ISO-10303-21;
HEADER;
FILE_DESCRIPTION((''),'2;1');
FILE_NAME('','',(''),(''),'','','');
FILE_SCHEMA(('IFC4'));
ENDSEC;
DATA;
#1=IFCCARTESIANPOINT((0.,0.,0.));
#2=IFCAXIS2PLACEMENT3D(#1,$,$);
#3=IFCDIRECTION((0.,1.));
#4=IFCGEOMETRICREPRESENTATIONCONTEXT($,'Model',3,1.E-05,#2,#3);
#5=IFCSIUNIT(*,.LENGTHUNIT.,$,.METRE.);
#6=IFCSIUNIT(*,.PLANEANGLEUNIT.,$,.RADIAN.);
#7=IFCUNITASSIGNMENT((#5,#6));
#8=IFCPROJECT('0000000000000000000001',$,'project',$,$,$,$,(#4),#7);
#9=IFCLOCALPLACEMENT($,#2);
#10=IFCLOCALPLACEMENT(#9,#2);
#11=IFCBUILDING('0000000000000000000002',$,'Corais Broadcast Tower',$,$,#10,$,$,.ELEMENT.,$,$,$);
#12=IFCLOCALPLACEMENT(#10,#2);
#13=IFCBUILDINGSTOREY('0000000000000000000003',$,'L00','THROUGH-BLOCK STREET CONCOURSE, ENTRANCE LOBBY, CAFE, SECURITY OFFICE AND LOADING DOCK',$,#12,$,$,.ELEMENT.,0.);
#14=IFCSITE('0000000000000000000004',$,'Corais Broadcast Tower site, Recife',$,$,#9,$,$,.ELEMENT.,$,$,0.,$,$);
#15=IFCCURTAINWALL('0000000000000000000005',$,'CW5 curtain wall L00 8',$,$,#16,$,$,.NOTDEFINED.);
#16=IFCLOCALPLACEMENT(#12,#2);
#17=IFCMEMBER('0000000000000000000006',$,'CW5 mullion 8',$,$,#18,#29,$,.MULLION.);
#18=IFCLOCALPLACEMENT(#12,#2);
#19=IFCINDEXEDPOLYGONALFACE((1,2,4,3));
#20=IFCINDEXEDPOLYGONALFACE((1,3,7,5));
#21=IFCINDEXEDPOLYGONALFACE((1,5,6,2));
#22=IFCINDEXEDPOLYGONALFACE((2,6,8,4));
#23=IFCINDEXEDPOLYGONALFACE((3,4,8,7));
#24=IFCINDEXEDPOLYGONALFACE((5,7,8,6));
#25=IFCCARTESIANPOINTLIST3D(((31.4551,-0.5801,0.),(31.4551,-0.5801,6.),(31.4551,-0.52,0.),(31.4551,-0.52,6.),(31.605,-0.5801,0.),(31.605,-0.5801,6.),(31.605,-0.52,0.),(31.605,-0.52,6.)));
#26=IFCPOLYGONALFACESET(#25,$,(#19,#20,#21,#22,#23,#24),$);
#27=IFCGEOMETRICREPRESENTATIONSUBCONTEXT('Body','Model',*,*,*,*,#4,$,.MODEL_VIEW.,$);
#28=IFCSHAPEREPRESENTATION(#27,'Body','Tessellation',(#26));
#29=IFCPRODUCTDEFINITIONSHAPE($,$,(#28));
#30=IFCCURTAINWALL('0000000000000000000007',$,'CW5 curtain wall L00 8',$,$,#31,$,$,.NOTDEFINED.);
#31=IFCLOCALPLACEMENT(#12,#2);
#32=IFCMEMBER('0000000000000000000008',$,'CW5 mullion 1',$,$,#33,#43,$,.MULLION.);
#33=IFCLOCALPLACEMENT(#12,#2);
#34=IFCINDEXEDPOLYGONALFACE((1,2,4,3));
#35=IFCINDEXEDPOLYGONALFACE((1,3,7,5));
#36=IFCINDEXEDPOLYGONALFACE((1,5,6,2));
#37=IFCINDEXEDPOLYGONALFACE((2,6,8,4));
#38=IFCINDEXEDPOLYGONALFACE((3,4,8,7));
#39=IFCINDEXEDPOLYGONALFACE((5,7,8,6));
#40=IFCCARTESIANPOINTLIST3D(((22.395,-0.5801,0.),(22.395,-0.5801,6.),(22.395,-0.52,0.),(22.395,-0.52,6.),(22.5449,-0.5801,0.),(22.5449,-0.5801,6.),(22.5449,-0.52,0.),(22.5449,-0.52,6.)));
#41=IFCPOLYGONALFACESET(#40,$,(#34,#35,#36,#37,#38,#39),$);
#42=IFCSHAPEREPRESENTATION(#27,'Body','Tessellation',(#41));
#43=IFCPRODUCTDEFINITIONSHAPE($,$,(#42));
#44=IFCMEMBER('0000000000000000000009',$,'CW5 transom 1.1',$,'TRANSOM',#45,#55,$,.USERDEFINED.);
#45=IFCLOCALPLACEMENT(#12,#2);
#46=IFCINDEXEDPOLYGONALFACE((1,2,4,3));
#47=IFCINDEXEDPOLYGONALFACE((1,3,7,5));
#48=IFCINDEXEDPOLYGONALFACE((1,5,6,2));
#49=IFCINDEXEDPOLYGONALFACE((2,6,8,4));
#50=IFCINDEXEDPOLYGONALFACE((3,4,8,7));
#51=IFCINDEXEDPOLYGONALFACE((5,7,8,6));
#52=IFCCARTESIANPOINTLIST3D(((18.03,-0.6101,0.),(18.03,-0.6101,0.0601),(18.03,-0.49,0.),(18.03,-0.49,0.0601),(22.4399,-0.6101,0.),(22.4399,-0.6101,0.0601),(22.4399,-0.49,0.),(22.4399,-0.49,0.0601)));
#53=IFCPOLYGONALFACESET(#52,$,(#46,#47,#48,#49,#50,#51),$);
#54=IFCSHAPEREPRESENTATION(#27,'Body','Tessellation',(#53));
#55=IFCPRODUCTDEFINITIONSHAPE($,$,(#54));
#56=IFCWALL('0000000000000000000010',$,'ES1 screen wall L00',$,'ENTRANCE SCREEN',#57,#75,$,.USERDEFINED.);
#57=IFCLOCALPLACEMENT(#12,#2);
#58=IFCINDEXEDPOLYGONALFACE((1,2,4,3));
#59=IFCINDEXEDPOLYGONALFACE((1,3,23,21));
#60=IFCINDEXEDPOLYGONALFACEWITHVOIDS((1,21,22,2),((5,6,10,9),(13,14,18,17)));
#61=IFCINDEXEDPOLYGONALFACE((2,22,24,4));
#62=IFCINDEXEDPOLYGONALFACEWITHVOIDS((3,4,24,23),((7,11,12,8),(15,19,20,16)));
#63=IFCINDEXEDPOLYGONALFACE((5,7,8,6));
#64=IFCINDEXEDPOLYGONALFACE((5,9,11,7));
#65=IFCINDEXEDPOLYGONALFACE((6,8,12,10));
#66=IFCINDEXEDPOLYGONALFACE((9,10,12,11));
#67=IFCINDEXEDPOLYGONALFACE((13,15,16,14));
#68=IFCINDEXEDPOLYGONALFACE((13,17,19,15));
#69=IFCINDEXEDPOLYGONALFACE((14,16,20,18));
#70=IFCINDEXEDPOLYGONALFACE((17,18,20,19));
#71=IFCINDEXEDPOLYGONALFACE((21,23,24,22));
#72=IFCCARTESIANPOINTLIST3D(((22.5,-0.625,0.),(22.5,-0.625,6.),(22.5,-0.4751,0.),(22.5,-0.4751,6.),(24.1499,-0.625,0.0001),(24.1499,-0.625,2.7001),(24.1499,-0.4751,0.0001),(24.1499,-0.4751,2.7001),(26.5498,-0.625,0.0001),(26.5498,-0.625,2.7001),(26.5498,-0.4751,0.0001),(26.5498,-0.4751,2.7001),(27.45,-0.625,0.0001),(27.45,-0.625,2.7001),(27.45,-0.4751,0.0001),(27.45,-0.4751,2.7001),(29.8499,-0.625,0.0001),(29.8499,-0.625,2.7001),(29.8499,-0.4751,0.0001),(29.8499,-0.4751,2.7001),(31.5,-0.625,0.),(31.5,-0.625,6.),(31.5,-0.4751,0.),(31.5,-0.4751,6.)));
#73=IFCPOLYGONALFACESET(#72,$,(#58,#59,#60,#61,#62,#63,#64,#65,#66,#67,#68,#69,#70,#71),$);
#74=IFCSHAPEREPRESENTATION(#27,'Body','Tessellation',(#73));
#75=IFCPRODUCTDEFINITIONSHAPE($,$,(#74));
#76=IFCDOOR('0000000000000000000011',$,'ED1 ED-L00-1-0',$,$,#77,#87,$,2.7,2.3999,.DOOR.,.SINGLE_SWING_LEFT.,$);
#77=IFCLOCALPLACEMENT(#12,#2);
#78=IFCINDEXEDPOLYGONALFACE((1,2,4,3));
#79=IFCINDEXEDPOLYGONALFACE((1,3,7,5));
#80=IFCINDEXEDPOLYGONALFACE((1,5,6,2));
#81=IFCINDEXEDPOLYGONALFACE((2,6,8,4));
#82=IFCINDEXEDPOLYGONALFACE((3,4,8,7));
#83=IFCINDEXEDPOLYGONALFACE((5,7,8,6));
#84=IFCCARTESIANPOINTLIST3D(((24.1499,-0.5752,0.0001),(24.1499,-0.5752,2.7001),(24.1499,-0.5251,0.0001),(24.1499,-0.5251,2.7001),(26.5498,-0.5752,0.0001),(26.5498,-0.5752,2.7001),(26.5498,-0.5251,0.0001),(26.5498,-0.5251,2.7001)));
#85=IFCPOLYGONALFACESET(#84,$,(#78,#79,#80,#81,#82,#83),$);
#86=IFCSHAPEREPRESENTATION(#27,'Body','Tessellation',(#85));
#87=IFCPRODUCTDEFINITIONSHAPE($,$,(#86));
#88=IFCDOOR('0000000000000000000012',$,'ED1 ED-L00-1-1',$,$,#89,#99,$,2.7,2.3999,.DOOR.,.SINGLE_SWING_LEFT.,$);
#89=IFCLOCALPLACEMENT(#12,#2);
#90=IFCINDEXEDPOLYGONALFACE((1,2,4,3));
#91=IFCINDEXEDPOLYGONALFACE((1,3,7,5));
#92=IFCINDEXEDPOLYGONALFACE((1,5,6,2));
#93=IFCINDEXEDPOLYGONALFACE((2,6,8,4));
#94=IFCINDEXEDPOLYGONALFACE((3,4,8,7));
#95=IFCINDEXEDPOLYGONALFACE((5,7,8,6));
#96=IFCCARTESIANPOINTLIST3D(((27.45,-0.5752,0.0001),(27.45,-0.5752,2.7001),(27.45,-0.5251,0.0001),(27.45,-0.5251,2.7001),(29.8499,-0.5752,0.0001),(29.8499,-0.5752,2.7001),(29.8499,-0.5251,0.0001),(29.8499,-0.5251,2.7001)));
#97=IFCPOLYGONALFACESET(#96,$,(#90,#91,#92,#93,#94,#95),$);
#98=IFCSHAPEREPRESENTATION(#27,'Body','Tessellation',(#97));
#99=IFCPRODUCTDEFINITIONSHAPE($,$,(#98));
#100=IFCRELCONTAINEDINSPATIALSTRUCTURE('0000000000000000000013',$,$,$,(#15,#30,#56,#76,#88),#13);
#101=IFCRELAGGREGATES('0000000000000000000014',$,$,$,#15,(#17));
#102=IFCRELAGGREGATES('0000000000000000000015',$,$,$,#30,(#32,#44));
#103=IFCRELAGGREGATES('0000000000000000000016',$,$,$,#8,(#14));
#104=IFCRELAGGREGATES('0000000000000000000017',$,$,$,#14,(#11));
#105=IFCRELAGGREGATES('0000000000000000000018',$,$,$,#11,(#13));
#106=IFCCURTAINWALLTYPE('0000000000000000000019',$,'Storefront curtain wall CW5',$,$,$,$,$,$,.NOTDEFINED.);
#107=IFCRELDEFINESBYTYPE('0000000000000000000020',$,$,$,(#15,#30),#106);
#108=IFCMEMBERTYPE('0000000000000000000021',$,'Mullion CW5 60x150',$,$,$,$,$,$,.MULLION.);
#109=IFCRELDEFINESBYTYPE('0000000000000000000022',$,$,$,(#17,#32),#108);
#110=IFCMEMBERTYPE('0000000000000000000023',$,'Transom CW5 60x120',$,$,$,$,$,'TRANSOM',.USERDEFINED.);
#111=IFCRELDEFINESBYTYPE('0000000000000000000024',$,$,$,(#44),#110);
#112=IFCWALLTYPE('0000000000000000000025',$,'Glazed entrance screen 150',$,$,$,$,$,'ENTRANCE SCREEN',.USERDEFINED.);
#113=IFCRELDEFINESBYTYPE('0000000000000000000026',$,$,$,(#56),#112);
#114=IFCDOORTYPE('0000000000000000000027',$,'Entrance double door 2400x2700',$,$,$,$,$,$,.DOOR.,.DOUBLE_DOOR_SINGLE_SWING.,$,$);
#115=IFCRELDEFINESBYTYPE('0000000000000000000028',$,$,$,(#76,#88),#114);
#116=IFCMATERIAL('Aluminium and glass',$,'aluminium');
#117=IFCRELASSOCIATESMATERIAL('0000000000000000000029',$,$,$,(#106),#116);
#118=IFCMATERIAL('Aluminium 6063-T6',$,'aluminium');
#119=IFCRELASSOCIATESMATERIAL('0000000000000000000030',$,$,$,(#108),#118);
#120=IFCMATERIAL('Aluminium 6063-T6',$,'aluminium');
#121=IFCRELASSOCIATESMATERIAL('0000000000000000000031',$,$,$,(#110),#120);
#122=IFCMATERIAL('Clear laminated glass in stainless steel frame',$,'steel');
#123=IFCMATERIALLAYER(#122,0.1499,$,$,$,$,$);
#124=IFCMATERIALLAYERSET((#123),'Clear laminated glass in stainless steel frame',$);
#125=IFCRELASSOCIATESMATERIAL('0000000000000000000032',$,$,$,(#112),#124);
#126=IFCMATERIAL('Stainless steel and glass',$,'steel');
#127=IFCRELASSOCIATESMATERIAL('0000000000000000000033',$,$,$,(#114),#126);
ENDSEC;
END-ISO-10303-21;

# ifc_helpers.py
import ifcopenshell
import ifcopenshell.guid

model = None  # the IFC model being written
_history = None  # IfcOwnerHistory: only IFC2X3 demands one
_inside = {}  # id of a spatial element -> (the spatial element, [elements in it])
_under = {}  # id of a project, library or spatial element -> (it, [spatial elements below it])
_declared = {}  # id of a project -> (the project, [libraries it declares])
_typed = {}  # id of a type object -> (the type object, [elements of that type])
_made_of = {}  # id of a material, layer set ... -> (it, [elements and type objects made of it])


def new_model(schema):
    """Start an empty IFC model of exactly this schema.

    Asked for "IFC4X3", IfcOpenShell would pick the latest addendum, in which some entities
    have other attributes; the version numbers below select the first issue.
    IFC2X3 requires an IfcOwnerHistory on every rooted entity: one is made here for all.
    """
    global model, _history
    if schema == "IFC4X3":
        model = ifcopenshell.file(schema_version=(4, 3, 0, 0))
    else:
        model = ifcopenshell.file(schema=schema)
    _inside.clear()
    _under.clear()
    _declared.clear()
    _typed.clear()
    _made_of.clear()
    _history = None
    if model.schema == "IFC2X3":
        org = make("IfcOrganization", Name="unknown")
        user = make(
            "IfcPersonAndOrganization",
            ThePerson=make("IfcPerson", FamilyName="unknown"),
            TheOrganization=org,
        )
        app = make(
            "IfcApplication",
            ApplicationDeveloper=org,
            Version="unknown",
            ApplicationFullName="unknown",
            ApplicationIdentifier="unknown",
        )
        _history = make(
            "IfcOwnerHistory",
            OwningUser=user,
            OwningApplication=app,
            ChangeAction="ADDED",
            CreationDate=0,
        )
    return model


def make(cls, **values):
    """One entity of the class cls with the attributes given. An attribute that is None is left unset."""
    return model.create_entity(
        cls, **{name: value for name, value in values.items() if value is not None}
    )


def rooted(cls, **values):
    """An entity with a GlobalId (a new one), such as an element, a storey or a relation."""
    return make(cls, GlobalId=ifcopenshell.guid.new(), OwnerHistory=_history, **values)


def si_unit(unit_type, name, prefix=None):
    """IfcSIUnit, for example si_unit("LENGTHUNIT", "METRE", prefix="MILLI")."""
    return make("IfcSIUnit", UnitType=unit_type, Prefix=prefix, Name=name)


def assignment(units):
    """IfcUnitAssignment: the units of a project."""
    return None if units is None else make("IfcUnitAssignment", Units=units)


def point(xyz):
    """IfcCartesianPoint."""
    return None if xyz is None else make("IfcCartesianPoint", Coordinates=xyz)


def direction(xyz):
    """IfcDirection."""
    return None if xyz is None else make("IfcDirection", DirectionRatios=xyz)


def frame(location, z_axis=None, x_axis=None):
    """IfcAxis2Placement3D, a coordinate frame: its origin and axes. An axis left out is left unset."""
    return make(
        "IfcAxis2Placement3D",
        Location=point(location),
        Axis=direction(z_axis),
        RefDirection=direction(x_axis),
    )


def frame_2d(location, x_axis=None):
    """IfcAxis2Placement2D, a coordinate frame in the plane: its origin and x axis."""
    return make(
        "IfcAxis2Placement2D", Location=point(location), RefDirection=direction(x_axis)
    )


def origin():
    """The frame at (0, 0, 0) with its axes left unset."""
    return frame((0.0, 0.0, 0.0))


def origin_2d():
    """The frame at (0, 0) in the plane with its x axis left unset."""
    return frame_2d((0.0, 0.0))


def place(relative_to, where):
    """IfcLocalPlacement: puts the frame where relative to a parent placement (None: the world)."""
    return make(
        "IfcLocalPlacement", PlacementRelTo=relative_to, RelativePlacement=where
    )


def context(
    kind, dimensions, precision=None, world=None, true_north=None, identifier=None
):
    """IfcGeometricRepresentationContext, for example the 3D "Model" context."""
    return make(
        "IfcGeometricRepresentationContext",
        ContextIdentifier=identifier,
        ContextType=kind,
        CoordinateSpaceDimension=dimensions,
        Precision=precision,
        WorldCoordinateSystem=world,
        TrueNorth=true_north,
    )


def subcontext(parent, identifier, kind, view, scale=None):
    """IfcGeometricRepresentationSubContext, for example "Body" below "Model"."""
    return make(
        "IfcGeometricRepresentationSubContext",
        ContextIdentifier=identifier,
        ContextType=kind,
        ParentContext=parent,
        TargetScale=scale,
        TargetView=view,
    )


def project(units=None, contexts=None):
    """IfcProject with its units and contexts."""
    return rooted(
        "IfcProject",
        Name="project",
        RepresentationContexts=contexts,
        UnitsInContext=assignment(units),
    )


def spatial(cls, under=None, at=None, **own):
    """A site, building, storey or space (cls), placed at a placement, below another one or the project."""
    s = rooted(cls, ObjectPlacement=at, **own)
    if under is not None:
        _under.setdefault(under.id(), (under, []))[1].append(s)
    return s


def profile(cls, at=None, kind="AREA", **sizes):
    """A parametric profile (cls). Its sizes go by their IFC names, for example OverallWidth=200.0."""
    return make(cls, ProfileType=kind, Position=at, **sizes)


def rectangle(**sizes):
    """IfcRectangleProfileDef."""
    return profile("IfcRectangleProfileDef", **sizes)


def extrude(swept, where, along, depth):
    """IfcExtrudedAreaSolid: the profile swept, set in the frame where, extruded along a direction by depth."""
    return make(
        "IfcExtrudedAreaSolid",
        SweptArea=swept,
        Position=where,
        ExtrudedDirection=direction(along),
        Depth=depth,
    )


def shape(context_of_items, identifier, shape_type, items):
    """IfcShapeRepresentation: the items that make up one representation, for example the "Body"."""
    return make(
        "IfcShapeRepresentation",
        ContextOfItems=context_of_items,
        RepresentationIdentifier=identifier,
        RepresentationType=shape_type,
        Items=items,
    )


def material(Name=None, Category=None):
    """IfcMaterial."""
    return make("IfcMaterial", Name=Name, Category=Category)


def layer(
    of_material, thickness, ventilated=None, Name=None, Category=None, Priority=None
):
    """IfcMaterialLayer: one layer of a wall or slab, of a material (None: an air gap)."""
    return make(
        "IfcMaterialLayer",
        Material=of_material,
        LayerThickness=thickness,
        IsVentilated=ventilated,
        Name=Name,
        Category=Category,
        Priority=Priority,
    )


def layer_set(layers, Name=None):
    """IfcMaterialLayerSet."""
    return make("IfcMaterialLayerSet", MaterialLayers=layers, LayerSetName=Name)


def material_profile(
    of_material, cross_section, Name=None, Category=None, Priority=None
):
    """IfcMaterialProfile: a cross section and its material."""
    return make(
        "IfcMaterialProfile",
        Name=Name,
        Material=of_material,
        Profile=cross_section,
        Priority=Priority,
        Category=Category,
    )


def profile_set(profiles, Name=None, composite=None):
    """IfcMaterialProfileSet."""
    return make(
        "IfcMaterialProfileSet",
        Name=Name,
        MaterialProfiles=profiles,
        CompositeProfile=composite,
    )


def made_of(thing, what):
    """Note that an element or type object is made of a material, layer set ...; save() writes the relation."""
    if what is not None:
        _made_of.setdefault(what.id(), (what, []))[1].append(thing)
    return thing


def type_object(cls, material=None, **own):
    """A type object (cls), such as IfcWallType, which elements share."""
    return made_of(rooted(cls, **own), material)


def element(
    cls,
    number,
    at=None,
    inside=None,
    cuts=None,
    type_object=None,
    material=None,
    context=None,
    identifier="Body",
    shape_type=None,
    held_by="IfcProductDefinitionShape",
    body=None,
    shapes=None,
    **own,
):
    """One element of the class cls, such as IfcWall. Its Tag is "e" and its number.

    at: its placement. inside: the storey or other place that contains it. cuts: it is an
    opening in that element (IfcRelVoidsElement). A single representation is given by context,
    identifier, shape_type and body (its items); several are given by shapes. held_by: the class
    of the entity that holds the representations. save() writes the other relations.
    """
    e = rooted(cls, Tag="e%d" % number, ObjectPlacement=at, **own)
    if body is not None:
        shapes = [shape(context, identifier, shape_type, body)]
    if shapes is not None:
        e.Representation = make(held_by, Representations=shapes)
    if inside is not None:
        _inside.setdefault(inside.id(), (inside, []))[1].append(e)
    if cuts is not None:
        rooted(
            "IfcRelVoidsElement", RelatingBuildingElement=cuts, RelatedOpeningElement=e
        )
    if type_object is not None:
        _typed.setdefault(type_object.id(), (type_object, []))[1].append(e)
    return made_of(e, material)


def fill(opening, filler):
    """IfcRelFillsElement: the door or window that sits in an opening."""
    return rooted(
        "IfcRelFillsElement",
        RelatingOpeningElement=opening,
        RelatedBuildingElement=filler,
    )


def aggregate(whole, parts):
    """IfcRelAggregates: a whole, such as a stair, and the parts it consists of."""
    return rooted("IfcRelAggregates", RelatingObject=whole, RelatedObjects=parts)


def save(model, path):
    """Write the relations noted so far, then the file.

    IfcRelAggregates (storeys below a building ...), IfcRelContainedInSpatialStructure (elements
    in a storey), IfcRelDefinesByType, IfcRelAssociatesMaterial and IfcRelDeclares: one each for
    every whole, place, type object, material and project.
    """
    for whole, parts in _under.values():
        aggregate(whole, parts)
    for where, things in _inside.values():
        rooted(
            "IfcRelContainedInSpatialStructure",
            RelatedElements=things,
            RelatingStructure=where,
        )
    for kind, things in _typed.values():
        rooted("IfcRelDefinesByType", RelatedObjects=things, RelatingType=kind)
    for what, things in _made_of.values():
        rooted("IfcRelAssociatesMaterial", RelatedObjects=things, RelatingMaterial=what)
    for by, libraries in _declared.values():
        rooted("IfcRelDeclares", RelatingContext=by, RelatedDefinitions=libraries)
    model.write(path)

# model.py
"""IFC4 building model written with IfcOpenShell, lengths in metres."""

from ifc_helpers import new_model, si_unit, direction, frame, frame_2d, origin, origin_2d, place, context, subcontext, project, spatial, rectangle, extrude, material, layer, layer_set, material_profile, profile_set, type_object, element, fill, aggregate, save


model = new_model("IFC4")

# Units and contexts
model_context = context("Model", 3, precision=1e-05, world=origin(), true_north=direction((0.0, 1.0)))
body_context = subcontext(model_context, "Body", "Model", "MODEL_VIEW")
ifc_project = project(units=[si_unit("LENGTHUNIT", "METRE"), si_unit("PLANEANGLEUNIT", "RADIAN")], contexts=[model_context])

# Site, building, storey
site_placement = place(None, origin())
site = spatial("IfcSite", under=ifc_project, at=site_placement, Name="Corais Broadcast Tower site, Recife", CompositionType="ELEMENT", RefElevation=0.0)
building_placement = place(site_placement, origin())
building = spatial("IfcBuilding", under=site, at=building_placement, Name="Corais Broadcast Tower", CompositionType="ELEMENT")
storey_placement = place(building_placement, origin())
storey = spatial("IfcBuildingStorey", under=building, at=storey_placement, Name="L00", Description="THROUGH-BLOCK STREET CONCOURSE, ENTRANCE LOBBY, CAFE, SECURITY OFFICE AND LOADING DOCK", CompositionType="ELEMENT", Elevation=0.0)

# Curtain wall, member
ifc_material_1 = material(Name="Aluminium and glass", Category="aluminium")
curtain_wall_type = type_object("IfcCurtainWallType", Name="Storefront curtain wall CW5", PredefinedType="NOTDEFINED", material=ifc_material_1)
curtain_wall_1_placement = place(storey_placement, origin())
curtain_wall_1 = element("IfcCurtainWall", 1, at=curtain_wall_1_placement, inside=storey, type_object=curtain_wall_type, Name="CW5 curtain wall L00 8", PredefinedType="NOTDEFINED")
ifc_material_2 = material(Name="Aluminium 6063-T6", Category="aluminium")
ifc_material_profile_1 = material_profile(ifc_material_2, rectangle(XDim=0.0601, YDim=0.1499, at=origin_2d()), Name="Mullion CW5 60x150")
ifc_profile_set_1 = profile_set([ifc_material_profile_1], Name="Aluminium 6063-T6")
member_type_1 = type_object("IfcMemberType", Name="Mullion CW5 60x150", PredefinedType="MULLION", material=ifc_profile_set_1)
member_1_placement = place(storey_placement, frame((31.53, -0.55, 0.0), z_axis=(0.0, 0.0, 1.0), x_axis=(0.0, -1.0, 0.0)))
member_1 = element("IfcMember", 2, at=member_1_placement, type_object=member_type_1, Name="CW5 mullion 8", PredefinedType="MULLION", context=body_context, shape_type="SweptSolid", body=[
    extrude(rectangle(XDim=0.0601, YDim=0.1499, at=origin_2d()), origin(), (0.0, 0.0, 1.0), 6.0),
])
aggregate(curtain_wall_1, [member_1])

# Curtain wall, members
curtain_wall_2_placement = place(storey_placement, origin())
curtain_wall_2 = element("IfcCurtainWall", 3, at=curtain_wall_2_placement, inside=storey, type_object=curtain_wall_type, Name="CW5 curtain wall L00 8", PredefinedType="NOTDEFINED")
member_2_placement = place(storey_placement, frame((22.47, -0.55, 0.0), z_axis=(0.0, 0.0, 1.0), x_axis=(0.0, -1.0, 0.0)))
member_2 = element("IfcMember", 4, at=member_2_placement, type_object=member_type_1, Name="CW5 mullion 1", PredefinedType="MULLION", context=body_context, shape_type="SweptSolid", body=[
    extrude(rectangle(XDim=0.0601, YDim=0.1499, at=origin_2d()), origin(), (0.0, 0.0, 1.0), 6.0),
])
ifc_material_3 = material(Name="Aluminium 6063-T6", Category="aluminium")
ifc_material_profile_2 = material_profile(ifc_material_3, rectangle(XDim=0.1201, YDim=0.0601, at=origin_2d()), Name="Transom CW5 60x120")
ifc_profile_set_2 = profile_set([ifc_material_profile_2], Name="Aluminium 6063-T6")
member_type_2 = type_object("IfcMemberType", Name="Transom CW5 60x120", ElementType="TRANSOM", PredefinedType="USERDEFINED", material=ifc_profile_set_2)
member_3_placement = place(storey_placement, frame((22.4399, -0.55, 0.03), z_axis=(-1.0, 0.0, 0.0), x_axis=(0.0, -1.0, 0.0)))
member_3 = element("IfcMember", 5, at=member_3_placement, type_object=member_type_2, Name="CW5 transom 1.1", ObjectType="TRANSOM", PredefinedType="USERDEFINED", context=body_context, shape_type="SweptSolid", body=[
    extrude(rectangle(XDim=0.1201, YDim=0.0601, at=origin_2d()), origin(), (0.0, 0.0, 1.0), 4.4099),
])
aggregate(curtain_wall_2, [member_2, member_3])

# Wall, openings, doors
ifc_material_4 = material(Name="Clear laminated glass in stainless steel frame", Category="steel")
ifc_layer = layer(ifc_material_4, 0.1499)
ifc_layer_set = layer_set([ifc_layer], Name="Clear laminated glass in stainless steel frame")
wall_type = type_object("IfcWallType", Name="Glazed entrance screen 150", ElementType="ENTRANCE SCREEN", PredefinedType="USERDEFINED", material=ifc_layer_set)
wall_placement = place(storey_placement, frame((22.5, -0.55, 0.0), z_axis=(0.0, 0.0, 1.0), x_axis=(1.0, 0.0, 0.0)))
wall = element("IfcWall", 6, at=wall_placement, inside=storey, type_object=wall_type, Name="ES1 screen wall L00", ObjectType="ENTRANCE SCREEN", PredefinedType="USERDEFINED", context=body_context, shape_type="SweptSolid", body=[
    extrude(rectangle(XDim=9.0, YDim=0.1499, at=frame_2d((4.5, 0.0))), origin(), (0.0, 0.0, 1.0), 6.0),
])
opening_1_placement = place(wall_placement, frame((1.6499, 0.0, 0.0)))
opening_1 = element("IfcOpeningElement", 7, at=opening_1_placement, cuts=wall, PredefinedType="OPENING", context=body_context, shape_type="SweptSolid", body=[
    extrude(rectangle(XDim=2.3999, YDim=2.7, at=frame_2d((1.2, 1.3501))), frame((0.0, 0.085, 0.0), z_axis=(0.0, -1.0, 0.0), x_axis=(1.0, 0.0, 0.0)), (0.0, 0.0, 1.0), 0.1699),
])
opening_2_placement = place(wall_placement, frame((4.95, 0.0, 0.0)))
opening_2 = element("IfcOpeningElement", 8, at=opening_2_placement, cuts=wall, PredefinedType="OPENING", context=body_context, shape_type="SweptSolid", body=[
    extrude(rectangle(XDim=2.3999, YDim=2.7, at=frame_2d((1.2, 1.3501))), frame((0.0, 0.085, 0.0), z_axis=(0.0, -1.0, 0.0), x_axis=(1.0, 0.0, 0.0)), (0.0, 0.0, 1.0), 0.1699),
])
ifc_material_5 = material(Name="Stainless steel and glass", Category="steel")
door_type = type_object("IfcDoorType", Name="Entrance double door 2400x2700", OperationType="DOUBLE_DOOR_SINGLE_SWING", PredefinedType="DOOR", material=ifc_material_5)
door_1_placement = place(opening_1_placement, origin())
door_1 = element("IfcDoor", 9, at=door_1_placement, inside=storey, type_object=door_type, Name="ED1 ED-L00-1-0", OperationType="SINGLE_SWING_LEFT", OverallHeight=2.7, OverallWidth=2.3999, PredefinedType="DOOR", context=body_context, shape_type="SweptSolid", body=[
    extrude(rectangle(XDim=2.3999, YDim=2.7, at=frame_2d((1.2, 1.3501))), frame((0.0, 0.0249, 0.0), z_axis=(0.0, -1.0, 0.0), x_axis=(1.0, 0.0, 0.0)), (0.0, 0.0, 1.0), 0.05),
])
fill(opening_1, door_1)
door_2_placement = place(opening_2_placement, origin())
door_2 = element("IfcDoor", 10, at=door_2_placement, inside=storey, type_object=door_type, Name="ED1 ED-L00-1-1", OperationType="SINGLE_SWING_LEFT", OverallHeight=2.7, OverallWidth=2.3999, PredefinedType="DOOR", context=body_context, shape_type="SweptSolid", body=[
    extrude(rectangle(XDim=2.3999, YDim=2.7, at=frame_2d((1.2, 1.3501))), frame((0.0, 0.0249, 0.0), z_axis=(0.0, -1.0, 0.0), x_axis=(1.0, 0.0, 0.0)), (0.0, 0.0, 1.0), 0.05),
])
fill(opening_2, door_2)

save(model, "model.ifc")
